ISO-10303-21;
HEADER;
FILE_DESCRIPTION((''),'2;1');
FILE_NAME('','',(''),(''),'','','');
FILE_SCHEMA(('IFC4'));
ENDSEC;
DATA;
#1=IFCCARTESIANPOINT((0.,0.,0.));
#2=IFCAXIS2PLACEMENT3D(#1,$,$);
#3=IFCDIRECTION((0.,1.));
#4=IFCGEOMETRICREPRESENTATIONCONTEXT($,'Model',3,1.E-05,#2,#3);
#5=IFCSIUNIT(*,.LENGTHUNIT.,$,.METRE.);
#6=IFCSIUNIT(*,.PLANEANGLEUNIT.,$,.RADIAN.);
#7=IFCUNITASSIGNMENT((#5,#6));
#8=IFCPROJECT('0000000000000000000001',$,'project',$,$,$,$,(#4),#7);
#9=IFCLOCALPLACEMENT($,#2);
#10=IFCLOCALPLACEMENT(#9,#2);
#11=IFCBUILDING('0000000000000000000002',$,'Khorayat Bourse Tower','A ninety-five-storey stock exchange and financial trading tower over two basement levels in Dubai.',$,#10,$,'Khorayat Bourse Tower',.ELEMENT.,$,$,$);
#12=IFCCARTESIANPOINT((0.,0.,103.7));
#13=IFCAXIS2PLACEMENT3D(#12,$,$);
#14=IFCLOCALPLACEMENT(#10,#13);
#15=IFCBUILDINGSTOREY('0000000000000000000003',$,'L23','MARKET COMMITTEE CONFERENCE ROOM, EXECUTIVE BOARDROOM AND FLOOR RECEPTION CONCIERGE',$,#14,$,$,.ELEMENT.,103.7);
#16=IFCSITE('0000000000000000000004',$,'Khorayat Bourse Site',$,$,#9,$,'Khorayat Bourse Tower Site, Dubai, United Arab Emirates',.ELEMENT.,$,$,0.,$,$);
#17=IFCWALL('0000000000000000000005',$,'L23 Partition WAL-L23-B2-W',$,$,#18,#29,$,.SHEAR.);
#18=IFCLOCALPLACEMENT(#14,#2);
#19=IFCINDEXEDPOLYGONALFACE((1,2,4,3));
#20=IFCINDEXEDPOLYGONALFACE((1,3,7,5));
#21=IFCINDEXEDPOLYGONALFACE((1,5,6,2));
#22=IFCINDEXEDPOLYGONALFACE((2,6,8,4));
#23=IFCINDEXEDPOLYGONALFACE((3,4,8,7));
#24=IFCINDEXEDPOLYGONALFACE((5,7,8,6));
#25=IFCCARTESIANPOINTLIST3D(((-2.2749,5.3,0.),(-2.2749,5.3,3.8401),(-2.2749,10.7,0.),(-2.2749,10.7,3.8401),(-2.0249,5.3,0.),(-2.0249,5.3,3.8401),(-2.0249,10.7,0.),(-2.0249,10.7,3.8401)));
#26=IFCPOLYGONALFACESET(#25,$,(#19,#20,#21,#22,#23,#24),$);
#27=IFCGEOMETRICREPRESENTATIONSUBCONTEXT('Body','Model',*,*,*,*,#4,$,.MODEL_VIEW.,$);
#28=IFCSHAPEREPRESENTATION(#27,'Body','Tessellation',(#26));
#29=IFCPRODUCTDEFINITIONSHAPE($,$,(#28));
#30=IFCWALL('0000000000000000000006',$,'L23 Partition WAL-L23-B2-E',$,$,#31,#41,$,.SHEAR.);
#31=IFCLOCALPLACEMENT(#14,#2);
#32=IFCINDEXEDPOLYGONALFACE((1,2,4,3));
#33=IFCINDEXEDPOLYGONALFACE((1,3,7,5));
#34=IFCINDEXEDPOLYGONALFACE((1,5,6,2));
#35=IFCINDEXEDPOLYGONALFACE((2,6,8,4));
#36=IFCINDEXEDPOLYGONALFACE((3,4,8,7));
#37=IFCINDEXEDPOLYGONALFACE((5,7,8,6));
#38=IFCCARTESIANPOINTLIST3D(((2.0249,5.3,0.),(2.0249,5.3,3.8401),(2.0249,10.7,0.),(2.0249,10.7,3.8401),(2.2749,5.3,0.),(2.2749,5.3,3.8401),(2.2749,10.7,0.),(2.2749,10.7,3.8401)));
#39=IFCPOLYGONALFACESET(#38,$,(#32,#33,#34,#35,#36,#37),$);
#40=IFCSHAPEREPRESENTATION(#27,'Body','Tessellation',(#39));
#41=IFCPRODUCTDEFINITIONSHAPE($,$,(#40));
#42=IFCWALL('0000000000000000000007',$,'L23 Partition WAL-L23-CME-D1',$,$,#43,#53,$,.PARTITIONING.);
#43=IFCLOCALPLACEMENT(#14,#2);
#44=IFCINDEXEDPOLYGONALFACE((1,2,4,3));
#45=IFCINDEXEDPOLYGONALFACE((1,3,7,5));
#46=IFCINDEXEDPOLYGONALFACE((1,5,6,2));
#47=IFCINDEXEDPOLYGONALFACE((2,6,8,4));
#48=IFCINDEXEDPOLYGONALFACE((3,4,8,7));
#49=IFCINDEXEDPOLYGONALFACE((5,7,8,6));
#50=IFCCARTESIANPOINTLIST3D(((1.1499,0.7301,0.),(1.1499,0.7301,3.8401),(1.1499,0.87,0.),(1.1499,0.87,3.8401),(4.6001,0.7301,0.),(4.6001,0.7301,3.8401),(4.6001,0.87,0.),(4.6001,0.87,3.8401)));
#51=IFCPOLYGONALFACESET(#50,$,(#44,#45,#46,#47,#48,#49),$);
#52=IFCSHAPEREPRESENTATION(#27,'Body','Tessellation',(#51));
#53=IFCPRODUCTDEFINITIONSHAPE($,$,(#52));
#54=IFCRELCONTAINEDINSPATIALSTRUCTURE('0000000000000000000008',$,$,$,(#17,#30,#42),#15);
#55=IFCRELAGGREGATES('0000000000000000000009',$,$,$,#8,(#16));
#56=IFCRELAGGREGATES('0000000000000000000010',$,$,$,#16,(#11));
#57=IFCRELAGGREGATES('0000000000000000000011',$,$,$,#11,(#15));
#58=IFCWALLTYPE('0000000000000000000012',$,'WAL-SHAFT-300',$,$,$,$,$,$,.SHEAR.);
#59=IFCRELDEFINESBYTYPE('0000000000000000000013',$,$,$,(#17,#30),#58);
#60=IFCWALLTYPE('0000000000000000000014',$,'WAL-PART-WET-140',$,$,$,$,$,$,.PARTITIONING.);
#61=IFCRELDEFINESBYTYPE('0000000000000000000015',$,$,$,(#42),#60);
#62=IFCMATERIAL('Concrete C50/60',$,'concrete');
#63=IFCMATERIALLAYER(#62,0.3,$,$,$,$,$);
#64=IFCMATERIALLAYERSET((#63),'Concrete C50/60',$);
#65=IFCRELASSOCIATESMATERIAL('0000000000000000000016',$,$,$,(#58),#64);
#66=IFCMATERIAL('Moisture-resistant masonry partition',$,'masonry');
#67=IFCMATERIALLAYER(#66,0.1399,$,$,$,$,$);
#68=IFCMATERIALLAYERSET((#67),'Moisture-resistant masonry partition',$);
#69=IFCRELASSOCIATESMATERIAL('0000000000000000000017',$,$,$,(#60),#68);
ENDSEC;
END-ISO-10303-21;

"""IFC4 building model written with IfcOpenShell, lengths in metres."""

from ifc_helpers import new_model, si_unit, direction, frame, frame_2d, origin, place, context, subcontext, project, spatial, rectangle, extrude, source, transform, mapped, material, layer, layer_set, type_object, element, save


model = new_model("IFC4")

# Units and contexts
model_context = context("Model", 3, precision=1e-05, world=origin(), true_north=direction((0.0, 1.0)))
body_context = subcontext(model_context, "Body", "Model", "MODEL_VIEW")
ifc_project = project(units=[si_unit("LENGTHUNIT", "METRE"), si_unit("PLANEANGLEUNIT", "RADIAN")], contexts=[model_context])

# Site, building, storey
site_placement = place(None, origin())
site = spatial("IfcSite", under=ifc_project, at=site_placement, Name="Khorayat Bourse Site", LongName="Khorayat Bourse Tower Site, Dubai, United Arab Emirates", CompositionType="ELEMENT", RefElevation=0.0)
building_placement = place(site_placement, origin())
building = spatial("IfcBuilding", under=site, at=building_placement, Name="Khorayat Bourse Tower", Description="A ninety-five-storey stock exchange and financial trading tower over two basement levels in Dubai.", LongName="Khorayat Bourse Tower", CompositionType="ELEMENT")
storey_placement = place(building_placement, frame((0.0, 0.0, 103.7)))
storey = spatial("IfcBuildingStorey", under=building, at=storey_placement, Name="L23", Description="MARKET COMMITTEE CONFERENCE ROOM, EXECUTIVE BOARDROOM AND FLOOR RECEPTION CONCIERGE", CompositionType="ELEMENT", Elevation=103.7)

# Shared definitions
ifc_material_1 = material(Name="Concrete C50/60", Category="concrete")
ifc_layer_1 = layer(ifc_material_1, 0.3)
ifc_layer_set_1 = layer_set([ifc_layer_1], Name="Concrete C50/60")
wall_type_1 = type_object("IfcWallType", Name="WAL-SHAFT-300", PredefinedType="SHEAR", material=ifc_layer_set_1)
ifc_material_2 = material(Name="Moisture-resistant masonry partition", Category="masonry")
ifc_layer_2 = layer(ifc_material_2, 0.1399)
ifc_layer_set_2 = layer_set([ifc_layer_2], Name="Moisture-resistant masonry partition")
wall_type_2 = type_object("IfcWallType", Name="WAL-PART-WET-140", PredefinedType="PARTITIONING", material=ifc_layer_set_2)

# Walls
shared_shape_1 = source(origin(), body_context, "Body", "SweptSolid", [
    extrude(rectangle(XDim=5.3999, YDim=0.25, at=frame_2d((2.7, 0.0))), origin(), (0.0, 0.0, 1.0), 3.8401),
])
for number, where, z_axis, x_axis, name in (
    (1, (-2.1499, 5.3, 0.0), (0.0, 0.0, 1.0), (0.0, 1.0, 0.0), "L23 Partition WAL-L23-B2-W"),
    (2, (2.1499, 5.3, 0.0), (0.0, 0.0, 1.0), (0.0, 1.0, 0.0), "L23 Partition WAL-L23-B2-E"),
):
    element("IfcWall", number, at=place(storey_placement, frame(where, z_axis=z_axis, x_axis=x_axis)), inside=storey, type_object=wall_type_1, Name=name, PredefinedType="SHEAR", context=body_context, shape_type="MappedRepresentation", body=[
        mapped(shared_shape_1, transform((0.0, 0.0, 0.0), scale=1.0)),
    ])
shared_shape_2 = source(origin(), body_context, "Body", "SweptSolid", [
    extrude(rectangle(XDim=3.4502, YDim=0.1399, at=frame_2d((1.7251, 0.0))), origin(), (0.0, 0.0, 1.0), 3.8401),
])
wall_1_placement = place(storey_placement, frame((1.1499, 0.8, 0.0), z_axis=(0.0, 0.0, 1.0), x_axis=(1.0, 0.0, 0.0)))
element("IfcWall", 3, at=wall_1_placement, inside=storey, type_object=wall_type_2, Name="L23 Partition WAL-L23-CME-D1", PredefinedType="PARTITIONING", context=body_context, shape_type="MappedRepresentation", body=[
    mapped(shared_shape_2, transform((0.0, 0.0, 0.0), scale=1.0)),
])

save(model, "model.ifc")
